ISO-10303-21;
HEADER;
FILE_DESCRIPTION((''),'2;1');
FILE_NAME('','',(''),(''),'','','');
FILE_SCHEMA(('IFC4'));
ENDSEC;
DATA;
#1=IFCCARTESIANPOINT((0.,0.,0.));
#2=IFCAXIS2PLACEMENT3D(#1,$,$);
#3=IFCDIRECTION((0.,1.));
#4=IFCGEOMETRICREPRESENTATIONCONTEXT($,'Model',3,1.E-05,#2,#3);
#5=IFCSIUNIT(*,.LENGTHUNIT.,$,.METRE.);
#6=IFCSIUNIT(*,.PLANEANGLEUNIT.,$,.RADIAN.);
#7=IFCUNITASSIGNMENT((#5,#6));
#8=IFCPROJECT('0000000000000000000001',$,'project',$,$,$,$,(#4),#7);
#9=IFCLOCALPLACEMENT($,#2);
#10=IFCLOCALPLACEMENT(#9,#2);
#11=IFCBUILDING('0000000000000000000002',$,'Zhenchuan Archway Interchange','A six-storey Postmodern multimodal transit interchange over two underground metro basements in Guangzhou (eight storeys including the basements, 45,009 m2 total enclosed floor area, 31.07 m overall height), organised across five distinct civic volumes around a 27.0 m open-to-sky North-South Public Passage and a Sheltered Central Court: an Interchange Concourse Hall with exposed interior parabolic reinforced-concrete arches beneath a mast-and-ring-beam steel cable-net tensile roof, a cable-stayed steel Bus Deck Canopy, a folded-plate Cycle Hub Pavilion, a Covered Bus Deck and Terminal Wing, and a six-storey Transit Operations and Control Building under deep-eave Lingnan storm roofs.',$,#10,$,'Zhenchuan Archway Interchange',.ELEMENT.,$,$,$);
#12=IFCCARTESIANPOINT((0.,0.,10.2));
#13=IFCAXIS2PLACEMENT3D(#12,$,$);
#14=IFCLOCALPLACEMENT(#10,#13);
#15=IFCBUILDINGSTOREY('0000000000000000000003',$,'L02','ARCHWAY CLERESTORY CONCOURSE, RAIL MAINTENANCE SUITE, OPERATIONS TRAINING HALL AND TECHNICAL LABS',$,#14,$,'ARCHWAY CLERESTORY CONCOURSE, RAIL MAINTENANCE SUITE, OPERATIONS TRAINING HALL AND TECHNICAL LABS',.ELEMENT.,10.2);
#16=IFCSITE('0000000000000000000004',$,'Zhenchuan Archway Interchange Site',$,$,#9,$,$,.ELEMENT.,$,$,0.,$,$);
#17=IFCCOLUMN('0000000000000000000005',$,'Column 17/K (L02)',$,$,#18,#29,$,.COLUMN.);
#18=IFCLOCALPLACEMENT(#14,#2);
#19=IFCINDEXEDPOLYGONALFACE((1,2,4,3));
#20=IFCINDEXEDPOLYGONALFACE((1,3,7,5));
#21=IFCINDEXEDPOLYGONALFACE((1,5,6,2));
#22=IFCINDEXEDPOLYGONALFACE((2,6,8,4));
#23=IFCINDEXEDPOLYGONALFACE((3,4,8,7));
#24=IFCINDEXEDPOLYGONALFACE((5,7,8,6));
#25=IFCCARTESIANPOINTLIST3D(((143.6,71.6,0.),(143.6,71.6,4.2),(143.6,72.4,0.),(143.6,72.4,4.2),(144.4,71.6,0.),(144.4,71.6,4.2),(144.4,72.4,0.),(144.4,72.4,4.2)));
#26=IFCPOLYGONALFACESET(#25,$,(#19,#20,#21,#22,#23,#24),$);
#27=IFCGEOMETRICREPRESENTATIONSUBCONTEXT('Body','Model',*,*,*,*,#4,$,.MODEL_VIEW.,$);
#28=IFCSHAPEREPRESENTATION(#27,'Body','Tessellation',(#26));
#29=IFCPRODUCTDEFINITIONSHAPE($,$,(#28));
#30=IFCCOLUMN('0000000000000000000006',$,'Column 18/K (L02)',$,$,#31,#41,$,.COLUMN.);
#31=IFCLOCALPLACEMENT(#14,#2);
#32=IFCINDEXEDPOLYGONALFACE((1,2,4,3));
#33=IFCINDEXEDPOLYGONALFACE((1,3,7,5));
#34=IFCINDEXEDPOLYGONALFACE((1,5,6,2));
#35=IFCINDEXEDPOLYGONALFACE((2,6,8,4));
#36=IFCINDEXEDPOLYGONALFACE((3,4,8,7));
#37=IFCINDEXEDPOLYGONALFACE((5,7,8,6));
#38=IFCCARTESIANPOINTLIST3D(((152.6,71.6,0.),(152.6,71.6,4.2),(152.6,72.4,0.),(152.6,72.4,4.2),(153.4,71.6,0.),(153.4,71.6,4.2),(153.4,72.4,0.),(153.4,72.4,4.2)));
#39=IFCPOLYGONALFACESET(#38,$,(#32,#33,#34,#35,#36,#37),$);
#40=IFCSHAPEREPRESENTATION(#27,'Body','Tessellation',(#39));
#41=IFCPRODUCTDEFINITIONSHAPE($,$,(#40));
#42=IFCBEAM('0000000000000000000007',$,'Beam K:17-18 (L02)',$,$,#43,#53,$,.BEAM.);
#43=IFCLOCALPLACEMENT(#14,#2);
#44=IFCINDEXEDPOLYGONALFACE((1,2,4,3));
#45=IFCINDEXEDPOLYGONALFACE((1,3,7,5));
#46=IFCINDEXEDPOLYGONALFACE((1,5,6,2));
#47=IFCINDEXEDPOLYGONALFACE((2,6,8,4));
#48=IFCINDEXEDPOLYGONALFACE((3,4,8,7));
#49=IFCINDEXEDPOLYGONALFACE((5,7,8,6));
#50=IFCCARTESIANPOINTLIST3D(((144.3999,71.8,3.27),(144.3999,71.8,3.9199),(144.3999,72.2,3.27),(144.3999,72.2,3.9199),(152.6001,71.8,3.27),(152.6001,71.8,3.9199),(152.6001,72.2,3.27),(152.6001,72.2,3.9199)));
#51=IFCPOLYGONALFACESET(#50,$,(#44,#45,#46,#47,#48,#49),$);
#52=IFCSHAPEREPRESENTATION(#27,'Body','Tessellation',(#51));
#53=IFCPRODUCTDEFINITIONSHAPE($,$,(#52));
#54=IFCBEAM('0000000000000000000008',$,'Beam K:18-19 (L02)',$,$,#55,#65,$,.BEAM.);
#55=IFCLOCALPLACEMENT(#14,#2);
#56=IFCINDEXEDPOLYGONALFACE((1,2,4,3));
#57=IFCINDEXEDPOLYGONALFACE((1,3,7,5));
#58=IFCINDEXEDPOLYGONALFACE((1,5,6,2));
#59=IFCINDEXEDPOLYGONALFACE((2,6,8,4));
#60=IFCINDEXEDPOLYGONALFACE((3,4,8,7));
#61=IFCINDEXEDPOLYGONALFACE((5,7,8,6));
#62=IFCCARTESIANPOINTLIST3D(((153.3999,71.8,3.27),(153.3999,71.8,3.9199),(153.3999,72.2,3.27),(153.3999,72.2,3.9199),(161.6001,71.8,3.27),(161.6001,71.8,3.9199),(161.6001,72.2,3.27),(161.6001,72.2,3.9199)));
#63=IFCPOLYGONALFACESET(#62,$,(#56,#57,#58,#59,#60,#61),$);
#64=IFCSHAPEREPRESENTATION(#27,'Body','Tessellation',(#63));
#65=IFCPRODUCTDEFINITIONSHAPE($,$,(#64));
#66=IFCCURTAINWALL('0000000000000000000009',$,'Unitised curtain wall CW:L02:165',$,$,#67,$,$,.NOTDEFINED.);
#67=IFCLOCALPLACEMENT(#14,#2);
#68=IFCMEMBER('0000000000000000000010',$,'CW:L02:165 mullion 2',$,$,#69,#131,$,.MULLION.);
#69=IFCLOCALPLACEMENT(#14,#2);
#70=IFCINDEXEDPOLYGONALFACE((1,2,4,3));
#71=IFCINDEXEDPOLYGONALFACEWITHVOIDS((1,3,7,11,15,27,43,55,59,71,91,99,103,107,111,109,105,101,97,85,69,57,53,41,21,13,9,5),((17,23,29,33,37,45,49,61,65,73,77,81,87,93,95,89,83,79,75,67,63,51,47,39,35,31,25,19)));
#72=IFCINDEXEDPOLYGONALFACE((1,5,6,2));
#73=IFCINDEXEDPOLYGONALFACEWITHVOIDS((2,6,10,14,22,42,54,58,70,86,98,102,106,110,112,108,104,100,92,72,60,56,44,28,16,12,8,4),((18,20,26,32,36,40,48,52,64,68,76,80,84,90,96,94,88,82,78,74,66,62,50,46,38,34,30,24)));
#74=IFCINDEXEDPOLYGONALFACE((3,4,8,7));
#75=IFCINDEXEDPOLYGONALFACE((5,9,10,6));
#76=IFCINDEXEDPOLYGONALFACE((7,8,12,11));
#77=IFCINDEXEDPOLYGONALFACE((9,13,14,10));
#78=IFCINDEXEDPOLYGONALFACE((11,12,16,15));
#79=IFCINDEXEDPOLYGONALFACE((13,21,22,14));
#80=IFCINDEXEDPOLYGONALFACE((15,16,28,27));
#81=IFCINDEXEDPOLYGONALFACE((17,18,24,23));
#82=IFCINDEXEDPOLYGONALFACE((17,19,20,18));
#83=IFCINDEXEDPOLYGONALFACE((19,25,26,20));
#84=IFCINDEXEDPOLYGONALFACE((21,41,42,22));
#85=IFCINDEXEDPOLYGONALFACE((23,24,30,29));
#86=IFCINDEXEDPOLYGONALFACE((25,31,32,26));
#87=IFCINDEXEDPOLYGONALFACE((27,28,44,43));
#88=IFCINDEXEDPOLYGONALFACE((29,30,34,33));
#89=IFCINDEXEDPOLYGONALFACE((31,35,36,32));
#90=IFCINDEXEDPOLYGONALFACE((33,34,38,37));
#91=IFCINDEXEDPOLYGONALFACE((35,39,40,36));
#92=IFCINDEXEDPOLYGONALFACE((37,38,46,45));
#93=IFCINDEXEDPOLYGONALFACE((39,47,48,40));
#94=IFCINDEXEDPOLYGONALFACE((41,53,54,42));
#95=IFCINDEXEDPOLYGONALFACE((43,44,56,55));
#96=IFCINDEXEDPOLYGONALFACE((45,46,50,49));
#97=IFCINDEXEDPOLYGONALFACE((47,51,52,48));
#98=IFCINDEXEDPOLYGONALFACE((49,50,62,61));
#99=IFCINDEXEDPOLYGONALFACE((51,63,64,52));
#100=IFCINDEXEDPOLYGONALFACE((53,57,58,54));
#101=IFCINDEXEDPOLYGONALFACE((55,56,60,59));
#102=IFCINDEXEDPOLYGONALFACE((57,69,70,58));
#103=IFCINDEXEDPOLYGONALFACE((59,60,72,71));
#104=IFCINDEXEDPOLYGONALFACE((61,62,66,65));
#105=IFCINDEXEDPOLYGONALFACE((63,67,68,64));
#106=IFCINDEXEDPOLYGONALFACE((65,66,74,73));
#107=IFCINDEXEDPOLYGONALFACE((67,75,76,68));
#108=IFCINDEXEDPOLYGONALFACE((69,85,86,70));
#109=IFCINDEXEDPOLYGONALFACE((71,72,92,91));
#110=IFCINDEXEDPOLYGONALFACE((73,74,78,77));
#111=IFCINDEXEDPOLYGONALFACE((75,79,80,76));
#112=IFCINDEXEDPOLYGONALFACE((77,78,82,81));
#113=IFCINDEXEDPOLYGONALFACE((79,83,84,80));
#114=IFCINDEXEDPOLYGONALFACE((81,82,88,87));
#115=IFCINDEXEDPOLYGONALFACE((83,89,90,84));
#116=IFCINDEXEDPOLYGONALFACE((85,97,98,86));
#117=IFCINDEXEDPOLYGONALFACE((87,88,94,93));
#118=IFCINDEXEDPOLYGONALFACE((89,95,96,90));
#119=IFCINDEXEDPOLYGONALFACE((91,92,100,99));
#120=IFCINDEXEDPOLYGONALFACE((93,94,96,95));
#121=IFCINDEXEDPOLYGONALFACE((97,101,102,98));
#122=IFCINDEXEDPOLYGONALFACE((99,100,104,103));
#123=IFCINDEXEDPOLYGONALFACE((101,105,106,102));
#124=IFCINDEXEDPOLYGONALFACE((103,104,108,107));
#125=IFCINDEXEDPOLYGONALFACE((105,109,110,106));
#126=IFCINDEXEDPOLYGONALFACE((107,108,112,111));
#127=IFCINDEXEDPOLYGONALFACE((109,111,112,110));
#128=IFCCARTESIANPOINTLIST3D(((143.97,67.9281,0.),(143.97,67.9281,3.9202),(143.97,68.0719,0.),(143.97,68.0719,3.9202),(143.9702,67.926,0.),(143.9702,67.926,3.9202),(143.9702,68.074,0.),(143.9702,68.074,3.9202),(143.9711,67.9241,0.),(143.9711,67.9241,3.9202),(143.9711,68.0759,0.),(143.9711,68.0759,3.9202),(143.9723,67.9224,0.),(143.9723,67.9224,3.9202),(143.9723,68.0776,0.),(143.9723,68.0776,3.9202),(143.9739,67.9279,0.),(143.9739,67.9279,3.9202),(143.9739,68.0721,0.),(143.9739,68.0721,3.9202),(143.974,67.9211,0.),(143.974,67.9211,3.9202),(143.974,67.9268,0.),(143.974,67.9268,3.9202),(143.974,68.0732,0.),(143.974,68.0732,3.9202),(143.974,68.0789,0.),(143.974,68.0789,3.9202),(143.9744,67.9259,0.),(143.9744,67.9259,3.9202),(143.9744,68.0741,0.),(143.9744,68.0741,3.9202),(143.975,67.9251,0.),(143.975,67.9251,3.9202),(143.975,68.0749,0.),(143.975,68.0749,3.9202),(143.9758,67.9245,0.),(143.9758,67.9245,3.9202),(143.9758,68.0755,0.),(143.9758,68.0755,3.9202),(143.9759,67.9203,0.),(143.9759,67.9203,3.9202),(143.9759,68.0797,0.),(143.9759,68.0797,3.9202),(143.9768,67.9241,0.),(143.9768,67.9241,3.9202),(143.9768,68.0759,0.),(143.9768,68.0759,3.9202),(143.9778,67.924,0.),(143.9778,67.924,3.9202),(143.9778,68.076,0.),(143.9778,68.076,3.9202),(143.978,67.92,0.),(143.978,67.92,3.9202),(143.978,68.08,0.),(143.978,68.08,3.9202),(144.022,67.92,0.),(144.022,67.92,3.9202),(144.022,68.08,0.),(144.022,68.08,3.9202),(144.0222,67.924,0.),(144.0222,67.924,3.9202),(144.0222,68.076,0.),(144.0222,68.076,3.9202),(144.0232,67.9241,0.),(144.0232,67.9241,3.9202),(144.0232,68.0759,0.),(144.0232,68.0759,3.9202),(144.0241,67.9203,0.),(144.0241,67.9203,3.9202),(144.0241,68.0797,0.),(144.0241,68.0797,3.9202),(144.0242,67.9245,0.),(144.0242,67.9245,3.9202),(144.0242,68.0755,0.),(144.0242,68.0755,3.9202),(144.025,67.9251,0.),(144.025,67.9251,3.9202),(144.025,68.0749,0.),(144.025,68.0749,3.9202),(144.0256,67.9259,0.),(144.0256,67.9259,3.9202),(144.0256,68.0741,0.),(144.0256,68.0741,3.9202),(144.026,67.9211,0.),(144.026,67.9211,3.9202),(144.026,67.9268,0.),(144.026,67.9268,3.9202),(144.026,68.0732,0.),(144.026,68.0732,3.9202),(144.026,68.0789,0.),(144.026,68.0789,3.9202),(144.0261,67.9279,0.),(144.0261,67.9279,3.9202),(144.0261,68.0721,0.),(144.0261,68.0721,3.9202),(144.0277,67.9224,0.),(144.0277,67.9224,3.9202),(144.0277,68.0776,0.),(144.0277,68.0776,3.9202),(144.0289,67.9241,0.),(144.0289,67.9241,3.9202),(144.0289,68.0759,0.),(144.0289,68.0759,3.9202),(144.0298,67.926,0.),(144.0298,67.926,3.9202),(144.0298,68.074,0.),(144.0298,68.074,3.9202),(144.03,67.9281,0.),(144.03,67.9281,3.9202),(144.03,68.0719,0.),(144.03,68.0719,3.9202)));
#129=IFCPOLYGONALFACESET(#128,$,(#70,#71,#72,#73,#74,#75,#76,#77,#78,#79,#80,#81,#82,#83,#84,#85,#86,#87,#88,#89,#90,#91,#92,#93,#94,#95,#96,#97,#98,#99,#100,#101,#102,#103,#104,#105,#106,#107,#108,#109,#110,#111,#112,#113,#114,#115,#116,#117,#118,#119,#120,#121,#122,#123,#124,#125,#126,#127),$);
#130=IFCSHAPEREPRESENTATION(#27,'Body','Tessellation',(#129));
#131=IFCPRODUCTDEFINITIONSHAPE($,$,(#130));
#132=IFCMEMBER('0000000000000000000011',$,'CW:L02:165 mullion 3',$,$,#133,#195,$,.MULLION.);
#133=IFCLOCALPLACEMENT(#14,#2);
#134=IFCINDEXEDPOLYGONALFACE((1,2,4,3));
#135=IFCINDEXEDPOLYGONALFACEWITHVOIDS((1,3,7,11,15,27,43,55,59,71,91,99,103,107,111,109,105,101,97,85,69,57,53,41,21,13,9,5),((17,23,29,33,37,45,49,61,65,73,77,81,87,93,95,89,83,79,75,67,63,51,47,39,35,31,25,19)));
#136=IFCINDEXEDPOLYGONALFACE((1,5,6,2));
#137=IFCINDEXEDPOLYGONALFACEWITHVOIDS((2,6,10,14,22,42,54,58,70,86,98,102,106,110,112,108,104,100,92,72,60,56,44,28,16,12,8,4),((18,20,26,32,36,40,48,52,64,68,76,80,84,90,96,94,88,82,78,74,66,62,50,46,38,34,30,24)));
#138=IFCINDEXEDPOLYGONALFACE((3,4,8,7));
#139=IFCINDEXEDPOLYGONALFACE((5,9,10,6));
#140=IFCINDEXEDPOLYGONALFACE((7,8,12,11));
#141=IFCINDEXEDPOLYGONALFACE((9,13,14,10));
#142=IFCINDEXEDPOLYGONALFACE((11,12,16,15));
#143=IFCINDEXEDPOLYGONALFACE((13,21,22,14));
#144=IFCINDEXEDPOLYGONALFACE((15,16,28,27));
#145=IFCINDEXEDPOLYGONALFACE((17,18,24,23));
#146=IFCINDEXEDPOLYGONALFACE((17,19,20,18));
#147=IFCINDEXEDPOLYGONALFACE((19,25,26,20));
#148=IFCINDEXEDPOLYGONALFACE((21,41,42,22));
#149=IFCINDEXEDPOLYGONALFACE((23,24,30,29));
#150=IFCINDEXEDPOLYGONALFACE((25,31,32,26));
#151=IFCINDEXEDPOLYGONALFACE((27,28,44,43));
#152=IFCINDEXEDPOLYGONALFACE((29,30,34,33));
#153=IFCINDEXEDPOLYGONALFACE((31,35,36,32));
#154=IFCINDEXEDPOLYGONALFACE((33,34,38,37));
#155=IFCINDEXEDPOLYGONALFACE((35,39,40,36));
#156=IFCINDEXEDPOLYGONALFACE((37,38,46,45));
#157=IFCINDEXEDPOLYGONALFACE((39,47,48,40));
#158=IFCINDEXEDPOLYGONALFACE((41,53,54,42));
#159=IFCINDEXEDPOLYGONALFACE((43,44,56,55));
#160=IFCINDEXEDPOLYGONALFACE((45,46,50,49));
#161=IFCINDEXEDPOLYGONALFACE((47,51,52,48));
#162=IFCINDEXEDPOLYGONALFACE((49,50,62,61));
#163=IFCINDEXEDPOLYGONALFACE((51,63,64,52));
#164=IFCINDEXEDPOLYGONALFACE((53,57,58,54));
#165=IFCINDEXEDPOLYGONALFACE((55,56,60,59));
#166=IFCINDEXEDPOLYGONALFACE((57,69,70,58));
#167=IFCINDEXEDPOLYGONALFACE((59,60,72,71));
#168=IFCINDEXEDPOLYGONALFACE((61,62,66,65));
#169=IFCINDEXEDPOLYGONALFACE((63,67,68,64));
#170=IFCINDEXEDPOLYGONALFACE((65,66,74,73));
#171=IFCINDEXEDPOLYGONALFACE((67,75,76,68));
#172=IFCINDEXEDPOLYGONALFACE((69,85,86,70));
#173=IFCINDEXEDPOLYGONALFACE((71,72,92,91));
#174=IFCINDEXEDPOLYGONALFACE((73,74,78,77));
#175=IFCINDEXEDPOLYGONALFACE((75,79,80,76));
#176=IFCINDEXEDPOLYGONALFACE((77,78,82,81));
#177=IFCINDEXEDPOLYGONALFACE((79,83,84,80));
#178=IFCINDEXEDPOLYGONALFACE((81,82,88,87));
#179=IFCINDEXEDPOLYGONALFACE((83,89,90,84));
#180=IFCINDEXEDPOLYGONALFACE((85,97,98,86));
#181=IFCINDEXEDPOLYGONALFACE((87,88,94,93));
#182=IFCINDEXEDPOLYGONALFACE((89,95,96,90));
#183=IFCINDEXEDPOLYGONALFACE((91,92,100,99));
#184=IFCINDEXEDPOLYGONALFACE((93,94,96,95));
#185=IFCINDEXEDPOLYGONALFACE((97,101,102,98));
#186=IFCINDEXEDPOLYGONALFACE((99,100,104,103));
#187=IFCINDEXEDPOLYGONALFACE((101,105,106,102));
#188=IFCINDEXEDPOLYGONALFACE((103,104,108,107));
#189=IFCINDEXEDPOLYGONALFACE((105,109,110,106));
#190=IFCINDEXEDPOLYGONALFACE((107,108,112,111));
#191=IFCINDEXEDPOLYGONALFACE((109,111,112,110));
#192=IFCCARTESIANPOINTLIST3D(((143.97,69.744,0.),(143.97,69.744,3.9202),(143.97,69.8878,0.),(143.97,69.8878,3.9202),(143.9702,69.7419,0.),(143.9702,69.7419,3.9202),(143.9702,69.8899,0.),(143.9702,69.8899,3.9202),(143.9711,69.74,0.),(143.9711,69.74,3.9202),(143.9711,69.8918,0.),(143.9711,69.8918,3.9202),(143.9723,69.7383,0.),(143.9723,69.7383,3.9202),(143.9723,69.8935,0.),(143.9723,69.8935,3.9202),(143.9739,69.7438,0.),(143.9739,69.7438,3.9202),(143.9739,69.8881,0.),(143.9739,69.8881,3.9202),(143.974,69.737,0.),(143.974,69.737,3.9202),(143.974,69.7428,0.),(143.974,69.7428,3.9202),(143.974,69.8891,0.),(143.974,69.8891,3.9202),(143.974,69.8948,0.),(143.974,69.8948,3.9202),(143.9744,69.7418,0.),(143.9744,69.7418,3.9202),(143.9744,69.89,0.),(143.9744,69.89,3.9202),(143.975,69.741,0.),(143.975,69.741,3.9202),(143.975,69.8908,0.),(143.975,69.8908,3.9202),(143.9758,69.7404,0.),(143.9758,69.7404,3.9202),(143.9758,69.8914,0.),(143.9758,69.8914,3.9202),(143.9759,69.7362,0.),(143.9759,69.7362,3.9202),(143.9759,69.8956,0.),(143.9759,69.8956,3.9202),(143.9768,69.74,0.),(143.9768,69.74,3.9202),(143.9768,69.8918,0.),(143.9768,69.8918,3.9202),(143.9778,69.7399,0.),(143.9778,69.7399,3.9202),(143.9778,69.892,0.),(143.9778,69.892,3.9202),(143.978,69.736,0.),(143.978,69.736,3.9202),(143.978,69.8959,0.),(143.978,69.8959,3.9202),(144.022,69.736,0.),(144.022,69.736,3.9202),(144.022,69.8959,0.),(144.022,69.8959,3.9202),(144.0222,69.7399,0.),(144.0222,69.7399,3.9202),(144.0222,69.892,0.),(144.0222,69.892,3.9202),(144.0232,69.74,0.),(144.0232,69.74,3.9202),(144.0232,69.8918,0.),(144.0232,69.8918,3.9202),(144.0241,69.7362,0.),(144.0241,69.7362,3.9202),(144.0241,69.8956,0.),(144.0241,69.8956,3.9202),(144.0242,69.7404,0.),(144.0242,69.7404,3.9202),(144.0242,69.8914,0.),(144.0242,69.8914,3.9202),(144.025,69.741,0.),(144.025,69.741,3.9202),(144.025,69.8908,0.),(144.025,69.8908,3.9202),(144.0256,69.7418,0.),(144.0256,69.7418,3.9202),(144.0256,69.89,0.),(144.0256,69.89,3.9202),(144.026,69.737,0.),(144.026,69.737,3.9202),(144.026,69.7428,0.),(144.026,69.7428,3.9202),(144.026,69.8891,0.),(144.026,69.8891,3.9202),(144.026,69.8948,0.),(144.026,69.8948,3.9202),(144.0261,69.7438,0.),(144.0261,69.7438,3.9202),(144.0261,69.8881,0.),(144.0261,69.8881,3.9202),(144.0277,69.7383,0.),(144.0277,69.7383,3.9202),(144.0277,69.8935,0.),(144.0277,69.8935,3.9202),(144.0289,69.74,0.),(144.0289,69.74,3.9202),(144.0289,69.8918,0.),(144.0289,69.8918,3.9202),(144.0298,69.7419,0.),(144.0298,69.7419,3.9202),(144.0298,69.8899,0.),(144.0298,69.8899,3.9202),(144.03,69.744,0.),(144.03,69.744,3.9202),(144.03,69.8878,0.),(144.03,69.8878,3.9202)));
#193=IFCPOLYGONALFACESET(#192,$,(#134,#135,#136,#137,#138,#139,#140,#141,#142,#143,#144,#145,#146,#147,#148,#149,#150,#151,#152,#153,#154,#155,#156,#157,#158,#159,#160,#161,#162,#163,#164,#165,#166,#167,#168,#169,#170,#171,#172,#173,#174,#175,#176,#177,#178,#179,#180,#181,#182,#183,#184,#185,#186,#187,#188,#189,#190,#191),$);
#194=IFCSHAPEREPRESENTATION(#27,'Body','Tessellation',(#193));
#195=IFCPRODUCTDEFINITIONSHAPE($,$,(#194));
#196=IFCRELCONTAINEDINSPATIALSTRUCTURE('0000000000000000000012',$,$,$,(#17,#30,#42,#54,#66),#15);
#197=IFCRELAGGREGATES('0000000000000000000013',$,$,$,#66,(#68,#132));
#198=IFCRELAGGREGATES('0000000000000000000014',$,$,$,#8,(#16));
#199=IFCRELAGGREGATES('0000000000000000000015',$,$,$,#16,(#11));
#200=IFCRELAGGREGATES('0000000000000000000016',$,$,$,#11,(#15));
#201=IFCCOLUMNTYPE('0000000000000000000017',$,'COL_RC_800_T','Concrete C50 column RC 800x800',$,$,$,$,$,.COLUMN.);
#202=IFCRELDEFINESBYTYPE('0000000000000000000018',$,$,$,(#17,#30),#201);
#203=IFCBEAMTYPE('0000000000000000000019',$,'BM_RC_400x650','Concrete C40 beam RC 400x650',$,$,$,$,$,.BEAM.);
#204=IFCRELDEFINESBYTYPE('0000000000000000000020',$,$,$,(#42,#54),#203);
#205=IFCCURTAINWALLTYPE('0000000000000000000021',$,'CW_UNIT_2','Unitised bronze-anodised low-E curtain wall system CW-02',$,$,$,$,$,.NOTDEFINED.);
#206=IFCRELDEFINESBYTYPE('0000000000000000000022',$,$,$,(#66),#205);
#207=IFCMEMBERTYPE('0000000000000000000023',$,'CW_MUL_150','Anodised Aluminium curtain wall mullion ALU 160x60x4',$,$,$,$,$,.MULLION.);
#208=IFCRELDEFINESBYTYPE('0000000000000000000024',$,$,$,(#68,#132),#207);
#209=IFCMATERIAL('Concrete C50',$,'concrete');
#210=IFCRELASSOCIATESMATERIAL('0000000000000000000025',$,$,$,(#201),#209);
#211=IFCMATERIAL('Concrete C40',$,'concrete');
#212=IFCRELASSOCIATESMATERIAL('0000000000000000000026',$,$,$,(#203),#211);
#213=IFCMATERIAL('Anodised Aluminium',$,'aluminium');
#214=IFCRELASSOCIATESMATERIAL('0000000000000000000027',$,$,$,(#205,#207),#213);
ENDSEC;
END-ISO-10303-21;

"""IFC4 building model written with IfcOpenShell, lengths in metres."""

from ifc_helpers import new_model, si_unit, direction, frame, origin, origin_2d, place, context, subcontext, project, spatial, rectangle, hollow_rectangle, extrude, material, material_profile, profile_set, type_object, element, aggregate, save


model = new_model("IFC4")

# Units and contexts
model_context = context("Model", 3, precision=1e-05, world=origin(), true_north=direction((0.0, 1.0)))
body_context = subcontext(model_context, "Body", "Model", "MODEL_VIEW")
ifc_project = project(units=[si_unit("LENGTHUNIT", "METRE"), si_unit("PLANEANGLEUNIT", "RADIAN")], contexts=[model_context])

# Site, building, storey
site_placement = place(None, origin())
site = spatial("IfcSite", under=ifc_project, at=site_placement, Name="Zhenchuan Archway Interchange Site", CompositionType="ELEMENT", RefElevation=0.0)
building_placement = place(site_placement, origin())
building = spatial("IfcBuilding", under=site, at=building_placement, Name="Zhenchuan Archway Interchange", Description="A six-storey Postmodern multimodal transit interchange over two underground metro basements in Guangzhou (eight storeys including the basements, 45,009 m2 total enclosed floor area, 31.07 m overall height), organised across five distinct civic volumes around a 27.0 m open-to-sky North-South Public Passage and a Sheltered Central Court: an Interchange Concourse Hall with exposed interior parabolic reinforced-concrete arches beneath a mast-and-ring-beam steel cable-net tensile roof, a cable-stayed steel Bus Deck Canopy, a folded-plate Cycle Hub Pavilion, a Covered Bus Deck and Terminal Wing, and a six-storey Transit Operations and Control Building under deep-eave Lingnan storm roofs.", LongName="Zhenchuan Archway Interchange", CompositionType="ELEMENT")
storey_placement = place(building_placement, frame((0.0, 0.0, 10.2)))
storey = spatial("IfcBuildingStorey", under=building, at=storey_placement, Name="L02", Description="ARCHWAY CLERESTORY CONCOURSE, RAIL MAINTENANCE SUITE, OPERATIONS TRAINING HALL AND TECHNICAL LABS", LongName="ARCHWAY CLERESTORY CONCOURSE, RAIL MAINTENANCE SUITE, OPERATIONS TRAINING HALL AND TECHNICAL LABS", CompositionType="ELEMENT", Elevation=10.2)

# Columns
ifc_material_1 = material(Name="Concrete C50", Category="concrete")
ifc_material_profile_1 = material_profile(ifc_material_1, rectangle(XDim=0.8, YDim=0.8, at=origin_2d()), Name="RC 800x800")
ifc_profile_set_1 = profile_set([ifc_material_profile_1], Name="Concrete C50")
column_type = type_object("IfcColumnType", Name="COL_RC_800_T", Description="Concrete C50 column RC 800x800", PredefinedType="COLUMN", material=ifc_profile_set_1)
for number, where, z_axis, x_axis, name in (
    (1, (144.0, 72.0, 0.0), (0.0, 0.0, 1.0), (1.0, 0.0, 0.0), "Column 17/K (L02)"),
    (2, (153.0, 72.0, 0.0), (0.0, 0.0, 1.0), (1.0, 0.0, 0.0), "Column 18/K (L02)"),
):
    element("IfcColumn", number, at=place(storey_placement, frame(where, z_axis=z_axis, x_axis=x_axis)), inside=storey, type_object=column_type, Name=name, PredefinedType="COLUMN", context=body_context, shape_type="SweptSolid", body=[
        extrude(rectangle(XDim=0.8, YDim=0.8, at=origin_2d()), origin(), (0.0, 0.0, 1.0), 4.2),
    ])

# Beams
ifc_material_2 = material(Name="Concrete C40", Category="concrete")
ifc_material_profile_2 = material_profile(ifc_material_2, rectangle(XDim=0.3999, YDim=0.6499, at=origin_2d()), Name="RC 400x650")
ifc_profile_set_2 = profile_set([ifc_material_profile_2], Name="Concrete C40")
beam_type_1 = type_object("IfcBeamType", Name="BM_RC_400x650", Description="Concrete C40 beam RC 400x650", PredefinedType="BEAM", material=ifc_profile_set_2)
for number, where, z_axis, x_axis, name in (
    (3, (144.3999, 72.0, 3.595), (1.0, 0.0, 0.0), (0.0, 1.0, 0.0), "Beam K:17-18 (L02)"),
    (4, (153.3999, 72.0, 3.595), (1.0, 0.0, 0.0), (0.0, 1.0, 0.0), "Beam K:18-19 (L02)"),
):
    element("IfcBeam", number, at=place(storey_placement, frame(where, z_axis=z_axis, x_axis=x_axis)), inside=storey, type_object=beam_type_1, Name=name, PredefinedType="BEAM", context=body_context, shape_type="SweptSolid", body=[
        extrude(rectangle(XDim=0.3999, YDim=0.6499, at=origin_2d()), origin(), (0.0, 0.0, 1.0), 8.2002),
    ])

# Curtain wall, members
ifc_material_3 = material(Name="Anodised Aluminium", Category="aluminium")
curtain_wall_type = type_object("IfcCurtainWallType", Name="CW_UNIT_2", Description="Unitised bronze-anodised low-E curtain wall system CW-02", PredefinedType="NOTDEFINED", material=ifc_material_3)
curtain_wall_placement = place(storey_placement, origin())
curtain_wall = element("IfcCurtainWall", 5, at=curtain_wall_placement, inside=storey, type_object=curtain_wall_type, Name="Unitised curtain wall CW:L02:165", PredefinedType="NOTDEFINED")
ifc_material_profile_3 = material_profile(ifc_material_3, hollow_rectangle(XDim=0.0601, YDim=0.1599, WallThickness=0.0039, InnerFilletRadius=0.0039, OuterFilletRadius=0.0081, at=origin_2d()), Name="ALU 160x60x4")
ifc_profile_set_3 = profile_set([ifc_material_profile_3], Name="Anodised Aluminium")
member_type_1 = type_object("IfcMemberType", Name="CW_MUL_150", Description="Anodised Aluminium curtain wall mullion ALU 160x60x4", PredefinedType="MULLION", material=ifc_profile_set_3)
member_1_placement = place(storey_placement, frame((144.0, 68.0, 0.0), z_axis=(0.0, 0.0, 1.0), x_axis=(1.0, 0.0, 0.0)))
member_1 = element("IfcMember", 6, at=member_1_placement, type_object=member_type_1, Name="CW:L02:165 mullion 2", PredefinedType="MULLION", context=body_context, shape_type="SweptSolid", body=[
    extrude(hollow_rectangle(XDim=0.0601, YDim=0.1599, WallThickness=0.0039, InnerFilletRadius=0.0039, OuterFilletRadius=0.0081, at=origin_2d()), origin(), (0.0, 0.0, 1.0), 3.9202),
])
member_2_placement = place(storey_placement, frame((144.0, 69.8159, 0.0), z_axis=(0.0, 0.0, 1.0), x_axis=(1.0, 0.0, 0.0)))
member_2 = element("IfcMember", 7, at=member_2_placement, type_object=member_type_1, Name="CW:L02:165 mullion 3", PredefinedType="MULLION", context=body_context, shape_type="SweptSolid", body=[
    extrude(hollow_rectangle(XDim=0.0601, YDim=0.1599, WallThickness=0.0039, InnerFilletRadius=0.0039, OuterFilletRadius=0.0081, at=origin_2d()), origin(), (0.0, 0.0, 1.0), 3.9202),
])

aggregate(curtain_wall, [member_1, member_2])

save(model, "model.ifc")
